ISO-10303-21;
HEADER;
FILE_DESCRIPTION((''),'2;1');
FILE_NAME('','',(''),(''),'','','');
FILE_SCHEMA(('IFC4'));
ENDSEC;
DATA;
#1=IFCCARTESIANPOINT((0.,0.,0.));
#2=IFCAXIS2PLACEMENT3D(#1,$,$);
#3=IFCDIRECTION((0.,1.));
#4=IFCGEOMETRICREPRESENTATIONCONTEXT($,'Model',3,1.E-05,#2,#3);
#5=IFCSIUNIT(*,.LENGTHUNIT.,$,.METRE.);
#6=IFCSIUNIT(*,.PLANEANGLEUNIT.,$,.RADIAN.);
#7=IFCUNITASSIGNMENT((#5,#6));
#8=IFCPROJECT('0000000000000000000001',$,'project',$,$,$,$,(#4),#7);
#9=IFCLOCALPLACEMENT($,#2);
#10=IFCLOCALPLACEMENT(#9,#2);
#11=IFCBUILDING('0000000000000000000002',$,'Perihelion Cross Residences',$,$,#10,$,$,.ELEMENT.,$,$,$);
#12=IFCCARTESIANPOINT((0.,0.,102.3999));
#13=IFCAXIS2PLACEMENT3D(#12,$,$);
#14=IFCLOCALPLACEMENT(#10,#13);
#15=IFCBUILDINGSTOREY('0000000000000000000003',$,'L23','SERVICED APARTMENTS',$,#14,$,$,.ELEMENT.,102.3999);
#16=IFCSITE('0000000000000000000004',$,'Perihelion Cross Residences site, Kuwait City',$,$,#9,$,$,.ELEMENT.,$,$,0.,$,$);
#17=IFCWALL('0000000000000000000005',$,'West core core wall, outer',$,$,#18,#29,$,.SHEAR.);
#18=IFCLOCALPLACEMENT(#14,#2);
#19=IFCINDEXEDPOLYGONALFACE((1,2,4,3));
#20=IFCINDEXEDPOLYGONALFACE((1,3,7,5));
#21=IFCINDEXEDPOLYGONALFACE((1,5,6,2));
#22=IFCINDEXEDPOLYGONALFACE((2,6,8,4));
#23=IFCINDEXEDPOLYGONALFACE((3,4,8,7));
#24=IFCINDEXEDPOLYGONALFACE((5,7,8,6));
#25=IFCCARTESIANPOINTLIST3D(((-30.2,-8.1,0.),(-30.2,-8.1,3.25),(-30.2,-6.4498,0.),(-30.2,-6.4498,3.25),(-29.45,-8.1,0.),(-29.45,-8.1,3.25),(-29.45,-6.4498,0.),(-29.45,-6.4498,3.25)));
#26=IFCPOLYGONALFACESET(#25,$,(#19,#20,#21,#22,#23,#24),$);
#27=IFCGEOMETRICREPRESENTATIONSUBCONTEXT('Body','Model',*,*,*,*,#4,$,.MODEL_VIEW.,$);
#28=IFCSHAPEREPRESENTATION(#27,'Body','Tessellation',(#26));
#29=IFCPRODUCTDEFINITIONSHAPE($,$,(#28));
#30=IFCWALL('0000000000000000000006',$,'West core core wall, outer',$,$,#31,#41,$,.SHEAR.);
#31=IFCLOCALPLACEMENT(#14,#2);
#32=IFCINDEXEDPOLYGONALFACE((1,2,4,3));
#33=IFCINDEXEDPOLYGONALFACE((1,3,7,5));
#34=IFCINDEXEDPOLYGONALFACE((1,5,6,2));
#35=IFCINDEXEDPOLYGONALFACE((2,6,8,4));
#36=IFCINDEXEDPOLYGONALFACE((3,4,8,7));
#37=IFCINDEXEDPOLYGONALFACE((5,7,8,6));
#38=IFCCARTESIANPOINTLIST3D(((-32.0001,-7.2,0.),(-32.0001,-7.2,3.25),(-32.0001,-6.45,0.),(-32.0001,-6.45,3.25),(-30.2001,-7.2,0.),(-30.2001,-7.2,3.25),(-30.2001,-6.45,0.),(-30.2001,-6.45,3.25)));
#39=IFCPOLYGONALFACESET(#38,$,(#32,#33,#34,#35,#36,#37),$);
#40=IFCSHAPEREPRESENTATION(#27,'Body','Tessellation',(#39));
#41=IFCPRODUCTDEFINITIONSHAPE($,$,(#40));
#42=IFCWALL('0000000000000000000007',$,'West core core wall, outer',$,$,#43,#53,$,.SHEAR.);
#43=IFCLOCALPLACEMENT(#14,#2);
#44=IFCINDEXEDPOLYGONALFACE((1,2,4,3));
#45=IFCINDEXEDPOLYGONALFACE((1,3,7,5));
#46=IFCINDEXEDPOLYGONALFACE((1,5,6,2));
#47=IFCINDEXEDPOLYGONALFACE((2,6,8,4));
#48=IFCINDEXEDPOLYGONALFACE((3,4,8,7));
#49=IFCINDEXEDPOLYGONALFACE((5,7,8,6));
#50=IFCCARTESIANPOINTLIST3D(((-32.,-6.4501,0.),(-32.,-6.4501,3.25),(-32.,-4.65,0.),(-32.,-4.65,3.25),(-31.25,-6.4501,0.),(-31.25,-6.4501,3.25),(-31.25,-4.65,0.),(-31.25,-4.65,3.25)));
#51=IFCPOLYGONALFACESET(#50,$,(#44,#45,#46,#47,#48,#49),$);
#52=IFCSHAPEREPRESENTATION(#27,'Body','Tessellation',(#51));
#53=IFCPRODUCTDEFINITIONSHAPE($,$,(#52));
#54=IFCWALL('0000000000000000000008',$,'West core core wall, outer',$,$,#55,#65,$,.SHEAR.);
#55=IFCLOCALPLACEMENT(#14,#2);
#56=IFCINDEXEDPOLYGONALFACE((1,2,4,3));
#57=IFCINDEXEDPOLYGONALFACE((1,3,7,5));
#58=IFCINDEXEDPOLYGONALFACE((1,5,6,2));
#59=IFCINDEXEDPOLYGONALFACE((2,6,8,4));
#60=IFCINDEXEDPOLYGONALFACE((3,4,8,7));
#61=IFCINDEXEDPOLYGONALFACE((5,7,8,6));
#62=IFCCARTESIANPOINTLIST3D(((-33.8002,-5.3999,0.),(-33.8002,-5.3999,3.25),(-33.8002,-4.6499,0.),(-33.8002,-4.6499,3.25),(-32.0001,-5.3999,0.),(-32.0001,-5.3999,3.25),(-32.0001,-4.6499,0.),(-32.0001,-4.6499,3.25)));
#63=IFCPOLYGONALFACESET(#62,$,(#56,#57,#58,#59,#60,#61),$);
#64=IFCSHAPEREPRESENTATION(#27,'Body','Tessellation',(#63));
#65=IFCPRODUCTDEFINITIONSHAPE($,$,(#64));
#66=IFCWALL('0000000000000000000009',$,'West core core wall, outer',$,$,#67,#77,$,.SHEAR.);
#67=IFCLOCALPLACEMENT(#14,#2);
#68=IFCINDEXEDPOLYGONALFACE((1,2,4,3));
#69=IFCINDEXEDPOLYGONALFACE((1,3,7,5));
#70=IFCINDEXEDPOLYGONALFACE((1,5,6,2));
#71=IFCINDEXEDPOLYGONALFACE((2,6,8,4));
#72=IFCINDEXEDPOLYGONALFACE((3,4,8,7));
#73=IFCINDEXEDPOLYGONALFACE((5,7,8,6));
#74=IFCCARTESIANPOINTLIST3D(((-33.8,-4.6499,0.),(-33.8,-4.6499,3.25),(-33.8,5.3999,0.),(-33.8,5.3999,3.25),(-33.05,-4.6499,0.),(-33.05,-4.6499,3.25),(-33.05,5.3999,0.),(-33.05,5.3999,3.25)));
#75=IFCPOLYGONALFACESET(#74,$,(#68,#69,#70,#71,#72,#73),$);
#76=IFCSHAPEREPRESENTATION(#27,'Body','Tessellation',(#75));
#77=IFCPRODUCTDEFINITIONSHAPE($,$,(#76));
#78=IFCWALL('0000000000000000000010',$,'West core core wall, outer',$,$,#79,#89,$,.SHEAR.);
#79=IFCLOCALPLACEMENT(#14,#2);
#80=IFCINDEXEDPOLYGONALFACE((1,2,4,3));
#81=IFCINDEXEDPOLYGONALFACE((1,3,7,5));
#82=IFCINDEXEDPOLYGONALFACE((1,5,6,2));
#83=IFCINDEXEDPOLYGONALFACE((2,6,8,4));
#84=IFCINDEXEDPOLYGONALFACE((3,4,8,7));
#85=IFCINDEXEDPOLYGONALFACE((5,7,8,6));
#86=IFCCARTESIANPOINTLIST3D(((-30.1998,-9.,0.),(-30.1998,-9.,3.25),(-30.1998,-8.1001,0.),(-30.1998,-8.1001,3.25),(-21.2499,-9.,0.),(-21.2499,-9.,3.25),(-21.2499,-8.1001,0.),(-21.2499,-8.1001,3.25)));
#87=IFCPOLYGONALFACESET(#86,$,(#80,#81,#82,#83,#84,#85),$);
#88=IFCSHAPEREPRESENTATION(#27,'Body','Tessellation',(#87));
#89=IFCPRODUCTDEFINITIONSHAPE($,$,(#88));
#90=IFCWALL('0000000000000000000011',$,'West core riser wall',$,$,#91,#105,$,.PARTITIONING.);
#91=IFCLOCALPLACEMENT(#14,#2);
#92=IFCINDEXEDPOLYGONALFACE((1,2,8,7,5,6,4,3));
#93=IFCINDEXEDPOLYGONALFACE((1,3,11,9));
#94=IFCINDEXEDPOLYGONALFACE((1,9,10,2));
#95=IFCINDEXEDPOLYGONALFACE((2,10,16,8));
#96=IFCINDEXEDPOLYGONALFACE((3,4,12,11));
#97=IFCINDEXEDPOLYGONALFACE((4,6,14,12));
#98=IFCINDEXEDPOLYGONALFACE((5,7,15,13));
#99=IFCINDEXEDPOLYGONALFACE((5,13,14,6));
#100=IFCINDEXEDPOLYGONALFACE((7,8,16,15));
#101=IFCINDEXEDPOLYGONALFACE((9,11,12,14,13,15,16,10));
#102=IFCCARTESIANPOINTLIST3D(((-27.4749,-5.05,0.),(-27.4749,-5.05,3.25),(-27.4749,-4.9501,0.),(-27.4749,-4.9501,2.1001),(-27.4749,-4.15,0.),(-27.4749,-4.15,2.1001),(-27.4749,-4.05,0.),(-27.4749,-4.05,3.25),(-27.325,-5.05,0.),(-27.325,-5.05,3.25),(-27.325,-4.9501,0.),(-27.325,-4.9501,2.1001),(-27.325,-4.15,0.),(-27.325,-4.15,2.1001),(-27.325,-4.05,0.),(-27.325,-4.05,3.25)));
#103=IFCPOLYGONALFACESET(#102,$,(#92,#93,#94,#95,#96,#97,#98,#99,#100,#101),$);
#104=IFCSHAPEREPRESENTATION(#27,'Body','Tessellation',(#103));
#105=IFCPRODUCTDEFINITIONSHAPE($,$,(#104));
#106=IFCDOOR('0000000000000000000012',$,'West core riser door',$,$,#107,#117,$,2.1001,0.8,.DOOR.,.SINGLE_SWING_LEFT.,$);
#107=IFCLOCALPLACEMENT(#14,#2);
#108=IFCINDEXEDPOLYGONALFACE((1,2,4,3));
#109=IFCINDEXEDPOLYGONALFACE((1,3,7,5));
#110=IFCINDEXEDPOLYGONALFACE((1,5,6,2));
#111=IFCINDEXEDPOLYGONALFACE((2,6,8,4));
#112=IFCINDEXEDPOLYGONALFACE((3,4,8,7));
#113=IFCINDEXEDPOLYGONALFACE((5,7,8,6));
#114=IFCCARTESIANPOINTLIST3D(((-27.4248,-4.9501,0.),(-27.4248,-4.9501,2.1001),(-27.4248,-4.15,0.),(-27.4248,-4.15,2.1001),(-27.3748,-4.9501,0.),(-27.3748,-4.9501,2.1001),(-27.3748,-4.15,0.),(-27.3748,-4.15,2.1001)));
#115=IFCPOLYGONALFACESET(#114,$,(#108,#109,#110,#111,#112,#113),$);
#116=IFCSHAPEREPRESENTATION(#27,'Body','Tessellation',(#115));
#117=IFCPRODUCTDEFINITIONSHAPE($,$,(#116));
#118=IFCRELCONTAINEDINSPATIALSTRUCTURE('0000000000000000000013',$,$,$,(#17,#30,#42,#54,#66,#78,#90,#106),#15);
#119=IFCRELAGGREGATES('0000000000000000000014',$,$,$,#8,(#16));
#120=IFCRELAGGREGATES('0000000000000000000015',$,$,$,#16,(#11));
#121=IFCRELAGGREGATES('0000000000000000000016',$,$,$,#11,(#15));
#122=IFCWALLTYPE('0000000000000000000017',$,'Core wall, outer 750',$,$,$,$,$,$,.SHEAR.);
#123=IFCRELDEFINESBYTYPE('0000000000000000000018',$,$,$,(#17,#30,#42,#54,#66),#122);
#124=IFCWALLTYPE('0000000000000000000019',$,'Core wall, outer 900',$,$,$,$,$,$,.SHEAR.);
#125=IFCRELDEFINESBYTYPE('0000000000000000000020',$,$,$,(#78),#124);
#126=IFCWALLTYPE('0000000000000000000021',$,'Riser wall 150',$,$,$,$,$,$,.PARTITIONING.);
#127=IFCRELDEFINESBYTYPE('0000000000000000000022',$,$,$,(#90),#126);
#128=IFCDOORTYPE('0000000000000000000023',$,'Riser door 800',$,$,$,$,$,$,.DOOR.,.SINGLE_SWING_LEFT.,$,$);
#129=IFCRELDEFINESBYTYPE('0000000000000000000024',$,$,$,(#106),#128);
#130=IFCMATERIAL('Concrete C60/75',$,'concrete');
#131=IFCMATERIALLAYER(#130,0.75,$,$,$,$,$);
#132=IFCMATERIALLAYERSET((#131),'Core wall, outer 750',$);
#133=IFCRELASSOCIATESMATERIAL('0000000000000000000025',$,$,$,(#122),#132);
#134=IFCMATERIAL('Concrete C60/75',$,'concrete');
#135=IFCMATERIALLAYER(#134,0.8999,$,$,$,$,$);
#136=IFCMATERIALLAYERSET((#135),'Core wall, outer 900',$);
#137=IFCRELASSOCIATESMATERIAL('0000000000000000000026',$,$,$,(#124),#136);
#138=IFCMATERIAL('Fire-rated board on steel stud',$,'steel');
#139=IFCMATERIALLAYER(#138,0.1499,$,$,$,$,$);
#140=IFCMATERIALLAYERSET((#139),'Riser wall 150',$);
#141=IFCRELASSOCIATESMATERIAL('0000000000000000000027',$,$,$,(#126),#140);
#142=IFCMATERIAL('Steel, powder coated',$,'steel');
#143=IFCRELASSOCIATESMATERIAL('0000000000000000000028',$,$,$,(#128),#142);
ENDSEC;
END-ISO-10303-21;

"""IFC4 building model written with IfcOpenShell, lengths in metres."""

from ifc_helpers import new_model, si_unit, direction, frame, frame_2d, origin, place, context, subcontext, project, spatial, rectangle, extrude, material, layer, layer_set, type_object, element, fill, save


model = new_model("IFC4")

# Units and contexts
model_context = context("Model", 3, precision=1e-05, world=origin(), true_north=direction((0.0, 1.0)))
body_context = subcontext(model_context, "Body", "Model", "MODEL_VIEW")
ifc_project = project(units=[si_unit("LENGTHUNIT", "METRE"), si_unit("PLANEANGLEUNIT", "RADIAN")], contexts=[model_context])

# Site, building, storey
site_placement = place(None, origin())
site = spatial("IfcSite", under=ifc_project, at=site_placement, Name="Perihelion Cross Residences site, Kuwait City", CompositionType="ELEMENT", RefElevation=0.0)
building_placement = place(site_placement, origin())
building = spatial("IfcBuilding", under=site, at=building_placement, Name="Perihelion Cross Residences", CompositionType="ELEMENT")
storey_placement = place(building_placement, frame((0.0, 0.0, 102.3999)))
storey = spatial("IfcBuildingStorey", under=building, at=storey_placement, Name="L23", Description="SERVICED APARTMENTS", CompositionType="ELEMENT", Elevation=102.3999)

# Walls
ifc_material_1 = material(Name="Concrete C60/75", Category="concrete")
ifc_layer_1 = layer(ifc_material_1, 0.75)
ifc_layer_set_1 = layer_set([ifc_layer_1], Name="Core wall, outer 750")
wall_type_1 = type_object("IfcWallType", Name="Core wall, outer 750", PredefinedType="SHEAR", material=ifc_layer_set_1)
wall_1_placement = place(storey_placement, frame((-29.825, -8.1001, 0.0), z_axis=(0.0, 0.0, 1.0), x_axis=(0.0, 1.0, 0.0)))
element("IfcWall", 1, at=wall_1_placement, inside=storey, type_object=wall_type_1, Name="West core core wall, outer", PredefinedType="SHEAR", context=body_context, shape_type="SweptSolid", body=[
    extrude(rectangle(XDim=1.6501, YDim=0.75, at=frame_2d((0.8252, 0.0))), origin(), (0.0, 0.0, 1.0), 3.25),
])
for number, where, z_axis, x_axis, name in (
    (2, (-32.0, -6.825, 0.0), (0.0, 0.0, 1.0), (1.0, 0.0, 0.0), "West core core wall, outer"),
    (3, (-31.625, -6.45, 0.0), (0.0, 0.0, 1.0), (0.0, 1.0, 0.0), "West core core wall, outer"),
    (4, (-33.8, -5.0249, 0.0), (0.0, 0.0, 1.0), (1.0, 0.0, 0.0), "West core core wall, outer"),
):
    element("IfcWall", number, at=place(storey_placement, frame(where, z_axis=z_axis, x_axis=x_axis)), inside=storey, type_object=wall_type_1, Name=name, PredefinedType="SHEAR", context=body_context, shape_type="SweptSolid", body=[
        extrude(rectangle(XDim=1.8, YDim=0.75, at=frame_2d((0.8999, 0.0))), origin(), (0.0, 0.0, 1.0), 3.25),
    ])
wall_2_placement = place(storey_placement, frame((-33.425, -4.6499, 0.0), z_axis=(0.0, 0.0, 1.0), x_axis=(0.0, 1.0, 0.0)))
element("IfcWall", 5, at=wall_2_placement, inside=storey, type_object=wall_type_1, Name="West core core wall, outer", PredefinedType="SHEAR", context=body_context, shape_type="SweptSolid", body=[
    extrude(rectangle(XDim=10.0498, YDim=0.75, at=frame_2d((5.0249, 0.0))), origin(), (0.0, 0.0, 1.0), 3.25),
])
ifc_material_2 = material(Name="Concrete C60/75", Category="concrete")
ifc_layer_2 = layer(ifc_material_2, 0.8999)
ifc_layer_set_2 = layer_set([ifc_layer_2], Name="Core wall, outer 900")
wall_type_2 = type_object("IfcWallType", Name="Core wall, outer 900", PredefinedType="SHEAR", material=ifc_layer_set_2)
wall_3_placement = place(storey_placement, frame((-30.2, -8.55, 0.0), z_axis=(0.0, 0.0, 1.0), x_axis=(1.0, 0.0, 0.0)))
element("IfcWall", 6, at=wall_3_placement, inside=storey, type_object=wall_type_2, Name="West core core wall, outer", PredefinedType="SHEAR", context=body_context, shape_type="SweptSolid", body=[
    extrude(rectangle(XDim=8.95, YDim=0.8999, at=frame_2d((4.4751, 0.0))), origin(), (0.0, 0.0, 1.0), 3.25),
])

# Wall, opening, door
ifc_material_3 = material(Name="Fire-rated board on steel stud", Category="steel")
ifc_layer_3 = layer(ifc_material_3, 0.1499)
ifc_layer_set_3 = layer_set([ifc_layer_3], Name="Riser wall 150")
wall_type_3 = type_object("IfcWallType", Name="Riser wall 150", PredefinedType="PARTITIONING", material=ifc_layer_set_3)
wall_4_placement = place(storey_placement, frame((-27.3999, -5.05, 0.0), z_axis=(0.0, 0.0, 1.0), x_axis=(0.0, 1.0, 0.0)))
wall_4 = element("IfcWall", 7, at=wall_4_placement, inside=storey, type_object=wall_type_3, Name="West core riser wall", PredefinedType="PARTITIONING", context=body_context, shape_type="SweptSolid", body=[
    extrude(rectangle(XDim=1.0, YDim=0.1499, at=frame_2d((0.5, 0.0))), origin(), (0.0, 0.0, 1.0), 3.25),
])
opening_1_placement = place(wall_4_placement, frame((0.1001, 0.0, 0.0)))
opening_1 = element("IfcOpeningElement", 8, at=opening_1_placement, cuts=wall_4, PredefinedType="OPENING", context=body_context, shape_type="SweptSolid", body=[
    extrude(rectangle(XDim=0.8, YDim=2.1001, at=frame_2d((0.3999, 1.05))), frame((0.0, 0.085, 0.0), z_axis=(0.0, -1.0, 0.0), x_axis=(1.0, 0.0, 0.0)), (0.0, 0.0, 1.0), 0.1699),
])
ifc_material_4 = material(Name="Steel, powder coated", Category="steel")
door_type_1 = type_object("IfcDoorType", Name="Riser door 800", OperationType="SINGLE_SWING_LEFT", PredefinedType="DOOR", material=ifc_material_4)
door_1_placement = place(opening_1_placement, origin())
door_1 = element("IfcDoor", 9, at=door_1_placement, inside=storey, type_object=door_type_1, Name="West core riser door", OperationType="SINGLE_SWING_LEFT", OverallHeight=2.1001, OverallWidth=0.8, PredefinedType="DOOR", context=body_context, shape_type="SweptSolid", body=[
    extrude(rectangle(XDim=0.8, YDim=2.1001, at=frame_2d((0.3999, 1.05))), frame((0.0, 0.0249, 0.0), z_axis=(0.0, -1.0, 0.0), x_axis=(1.0, 0.0, 0.0)), (0.0, 0.0, 1.0), 0.05),
])
fill(opening_1, door_1)

save(model, "model.ifc")
